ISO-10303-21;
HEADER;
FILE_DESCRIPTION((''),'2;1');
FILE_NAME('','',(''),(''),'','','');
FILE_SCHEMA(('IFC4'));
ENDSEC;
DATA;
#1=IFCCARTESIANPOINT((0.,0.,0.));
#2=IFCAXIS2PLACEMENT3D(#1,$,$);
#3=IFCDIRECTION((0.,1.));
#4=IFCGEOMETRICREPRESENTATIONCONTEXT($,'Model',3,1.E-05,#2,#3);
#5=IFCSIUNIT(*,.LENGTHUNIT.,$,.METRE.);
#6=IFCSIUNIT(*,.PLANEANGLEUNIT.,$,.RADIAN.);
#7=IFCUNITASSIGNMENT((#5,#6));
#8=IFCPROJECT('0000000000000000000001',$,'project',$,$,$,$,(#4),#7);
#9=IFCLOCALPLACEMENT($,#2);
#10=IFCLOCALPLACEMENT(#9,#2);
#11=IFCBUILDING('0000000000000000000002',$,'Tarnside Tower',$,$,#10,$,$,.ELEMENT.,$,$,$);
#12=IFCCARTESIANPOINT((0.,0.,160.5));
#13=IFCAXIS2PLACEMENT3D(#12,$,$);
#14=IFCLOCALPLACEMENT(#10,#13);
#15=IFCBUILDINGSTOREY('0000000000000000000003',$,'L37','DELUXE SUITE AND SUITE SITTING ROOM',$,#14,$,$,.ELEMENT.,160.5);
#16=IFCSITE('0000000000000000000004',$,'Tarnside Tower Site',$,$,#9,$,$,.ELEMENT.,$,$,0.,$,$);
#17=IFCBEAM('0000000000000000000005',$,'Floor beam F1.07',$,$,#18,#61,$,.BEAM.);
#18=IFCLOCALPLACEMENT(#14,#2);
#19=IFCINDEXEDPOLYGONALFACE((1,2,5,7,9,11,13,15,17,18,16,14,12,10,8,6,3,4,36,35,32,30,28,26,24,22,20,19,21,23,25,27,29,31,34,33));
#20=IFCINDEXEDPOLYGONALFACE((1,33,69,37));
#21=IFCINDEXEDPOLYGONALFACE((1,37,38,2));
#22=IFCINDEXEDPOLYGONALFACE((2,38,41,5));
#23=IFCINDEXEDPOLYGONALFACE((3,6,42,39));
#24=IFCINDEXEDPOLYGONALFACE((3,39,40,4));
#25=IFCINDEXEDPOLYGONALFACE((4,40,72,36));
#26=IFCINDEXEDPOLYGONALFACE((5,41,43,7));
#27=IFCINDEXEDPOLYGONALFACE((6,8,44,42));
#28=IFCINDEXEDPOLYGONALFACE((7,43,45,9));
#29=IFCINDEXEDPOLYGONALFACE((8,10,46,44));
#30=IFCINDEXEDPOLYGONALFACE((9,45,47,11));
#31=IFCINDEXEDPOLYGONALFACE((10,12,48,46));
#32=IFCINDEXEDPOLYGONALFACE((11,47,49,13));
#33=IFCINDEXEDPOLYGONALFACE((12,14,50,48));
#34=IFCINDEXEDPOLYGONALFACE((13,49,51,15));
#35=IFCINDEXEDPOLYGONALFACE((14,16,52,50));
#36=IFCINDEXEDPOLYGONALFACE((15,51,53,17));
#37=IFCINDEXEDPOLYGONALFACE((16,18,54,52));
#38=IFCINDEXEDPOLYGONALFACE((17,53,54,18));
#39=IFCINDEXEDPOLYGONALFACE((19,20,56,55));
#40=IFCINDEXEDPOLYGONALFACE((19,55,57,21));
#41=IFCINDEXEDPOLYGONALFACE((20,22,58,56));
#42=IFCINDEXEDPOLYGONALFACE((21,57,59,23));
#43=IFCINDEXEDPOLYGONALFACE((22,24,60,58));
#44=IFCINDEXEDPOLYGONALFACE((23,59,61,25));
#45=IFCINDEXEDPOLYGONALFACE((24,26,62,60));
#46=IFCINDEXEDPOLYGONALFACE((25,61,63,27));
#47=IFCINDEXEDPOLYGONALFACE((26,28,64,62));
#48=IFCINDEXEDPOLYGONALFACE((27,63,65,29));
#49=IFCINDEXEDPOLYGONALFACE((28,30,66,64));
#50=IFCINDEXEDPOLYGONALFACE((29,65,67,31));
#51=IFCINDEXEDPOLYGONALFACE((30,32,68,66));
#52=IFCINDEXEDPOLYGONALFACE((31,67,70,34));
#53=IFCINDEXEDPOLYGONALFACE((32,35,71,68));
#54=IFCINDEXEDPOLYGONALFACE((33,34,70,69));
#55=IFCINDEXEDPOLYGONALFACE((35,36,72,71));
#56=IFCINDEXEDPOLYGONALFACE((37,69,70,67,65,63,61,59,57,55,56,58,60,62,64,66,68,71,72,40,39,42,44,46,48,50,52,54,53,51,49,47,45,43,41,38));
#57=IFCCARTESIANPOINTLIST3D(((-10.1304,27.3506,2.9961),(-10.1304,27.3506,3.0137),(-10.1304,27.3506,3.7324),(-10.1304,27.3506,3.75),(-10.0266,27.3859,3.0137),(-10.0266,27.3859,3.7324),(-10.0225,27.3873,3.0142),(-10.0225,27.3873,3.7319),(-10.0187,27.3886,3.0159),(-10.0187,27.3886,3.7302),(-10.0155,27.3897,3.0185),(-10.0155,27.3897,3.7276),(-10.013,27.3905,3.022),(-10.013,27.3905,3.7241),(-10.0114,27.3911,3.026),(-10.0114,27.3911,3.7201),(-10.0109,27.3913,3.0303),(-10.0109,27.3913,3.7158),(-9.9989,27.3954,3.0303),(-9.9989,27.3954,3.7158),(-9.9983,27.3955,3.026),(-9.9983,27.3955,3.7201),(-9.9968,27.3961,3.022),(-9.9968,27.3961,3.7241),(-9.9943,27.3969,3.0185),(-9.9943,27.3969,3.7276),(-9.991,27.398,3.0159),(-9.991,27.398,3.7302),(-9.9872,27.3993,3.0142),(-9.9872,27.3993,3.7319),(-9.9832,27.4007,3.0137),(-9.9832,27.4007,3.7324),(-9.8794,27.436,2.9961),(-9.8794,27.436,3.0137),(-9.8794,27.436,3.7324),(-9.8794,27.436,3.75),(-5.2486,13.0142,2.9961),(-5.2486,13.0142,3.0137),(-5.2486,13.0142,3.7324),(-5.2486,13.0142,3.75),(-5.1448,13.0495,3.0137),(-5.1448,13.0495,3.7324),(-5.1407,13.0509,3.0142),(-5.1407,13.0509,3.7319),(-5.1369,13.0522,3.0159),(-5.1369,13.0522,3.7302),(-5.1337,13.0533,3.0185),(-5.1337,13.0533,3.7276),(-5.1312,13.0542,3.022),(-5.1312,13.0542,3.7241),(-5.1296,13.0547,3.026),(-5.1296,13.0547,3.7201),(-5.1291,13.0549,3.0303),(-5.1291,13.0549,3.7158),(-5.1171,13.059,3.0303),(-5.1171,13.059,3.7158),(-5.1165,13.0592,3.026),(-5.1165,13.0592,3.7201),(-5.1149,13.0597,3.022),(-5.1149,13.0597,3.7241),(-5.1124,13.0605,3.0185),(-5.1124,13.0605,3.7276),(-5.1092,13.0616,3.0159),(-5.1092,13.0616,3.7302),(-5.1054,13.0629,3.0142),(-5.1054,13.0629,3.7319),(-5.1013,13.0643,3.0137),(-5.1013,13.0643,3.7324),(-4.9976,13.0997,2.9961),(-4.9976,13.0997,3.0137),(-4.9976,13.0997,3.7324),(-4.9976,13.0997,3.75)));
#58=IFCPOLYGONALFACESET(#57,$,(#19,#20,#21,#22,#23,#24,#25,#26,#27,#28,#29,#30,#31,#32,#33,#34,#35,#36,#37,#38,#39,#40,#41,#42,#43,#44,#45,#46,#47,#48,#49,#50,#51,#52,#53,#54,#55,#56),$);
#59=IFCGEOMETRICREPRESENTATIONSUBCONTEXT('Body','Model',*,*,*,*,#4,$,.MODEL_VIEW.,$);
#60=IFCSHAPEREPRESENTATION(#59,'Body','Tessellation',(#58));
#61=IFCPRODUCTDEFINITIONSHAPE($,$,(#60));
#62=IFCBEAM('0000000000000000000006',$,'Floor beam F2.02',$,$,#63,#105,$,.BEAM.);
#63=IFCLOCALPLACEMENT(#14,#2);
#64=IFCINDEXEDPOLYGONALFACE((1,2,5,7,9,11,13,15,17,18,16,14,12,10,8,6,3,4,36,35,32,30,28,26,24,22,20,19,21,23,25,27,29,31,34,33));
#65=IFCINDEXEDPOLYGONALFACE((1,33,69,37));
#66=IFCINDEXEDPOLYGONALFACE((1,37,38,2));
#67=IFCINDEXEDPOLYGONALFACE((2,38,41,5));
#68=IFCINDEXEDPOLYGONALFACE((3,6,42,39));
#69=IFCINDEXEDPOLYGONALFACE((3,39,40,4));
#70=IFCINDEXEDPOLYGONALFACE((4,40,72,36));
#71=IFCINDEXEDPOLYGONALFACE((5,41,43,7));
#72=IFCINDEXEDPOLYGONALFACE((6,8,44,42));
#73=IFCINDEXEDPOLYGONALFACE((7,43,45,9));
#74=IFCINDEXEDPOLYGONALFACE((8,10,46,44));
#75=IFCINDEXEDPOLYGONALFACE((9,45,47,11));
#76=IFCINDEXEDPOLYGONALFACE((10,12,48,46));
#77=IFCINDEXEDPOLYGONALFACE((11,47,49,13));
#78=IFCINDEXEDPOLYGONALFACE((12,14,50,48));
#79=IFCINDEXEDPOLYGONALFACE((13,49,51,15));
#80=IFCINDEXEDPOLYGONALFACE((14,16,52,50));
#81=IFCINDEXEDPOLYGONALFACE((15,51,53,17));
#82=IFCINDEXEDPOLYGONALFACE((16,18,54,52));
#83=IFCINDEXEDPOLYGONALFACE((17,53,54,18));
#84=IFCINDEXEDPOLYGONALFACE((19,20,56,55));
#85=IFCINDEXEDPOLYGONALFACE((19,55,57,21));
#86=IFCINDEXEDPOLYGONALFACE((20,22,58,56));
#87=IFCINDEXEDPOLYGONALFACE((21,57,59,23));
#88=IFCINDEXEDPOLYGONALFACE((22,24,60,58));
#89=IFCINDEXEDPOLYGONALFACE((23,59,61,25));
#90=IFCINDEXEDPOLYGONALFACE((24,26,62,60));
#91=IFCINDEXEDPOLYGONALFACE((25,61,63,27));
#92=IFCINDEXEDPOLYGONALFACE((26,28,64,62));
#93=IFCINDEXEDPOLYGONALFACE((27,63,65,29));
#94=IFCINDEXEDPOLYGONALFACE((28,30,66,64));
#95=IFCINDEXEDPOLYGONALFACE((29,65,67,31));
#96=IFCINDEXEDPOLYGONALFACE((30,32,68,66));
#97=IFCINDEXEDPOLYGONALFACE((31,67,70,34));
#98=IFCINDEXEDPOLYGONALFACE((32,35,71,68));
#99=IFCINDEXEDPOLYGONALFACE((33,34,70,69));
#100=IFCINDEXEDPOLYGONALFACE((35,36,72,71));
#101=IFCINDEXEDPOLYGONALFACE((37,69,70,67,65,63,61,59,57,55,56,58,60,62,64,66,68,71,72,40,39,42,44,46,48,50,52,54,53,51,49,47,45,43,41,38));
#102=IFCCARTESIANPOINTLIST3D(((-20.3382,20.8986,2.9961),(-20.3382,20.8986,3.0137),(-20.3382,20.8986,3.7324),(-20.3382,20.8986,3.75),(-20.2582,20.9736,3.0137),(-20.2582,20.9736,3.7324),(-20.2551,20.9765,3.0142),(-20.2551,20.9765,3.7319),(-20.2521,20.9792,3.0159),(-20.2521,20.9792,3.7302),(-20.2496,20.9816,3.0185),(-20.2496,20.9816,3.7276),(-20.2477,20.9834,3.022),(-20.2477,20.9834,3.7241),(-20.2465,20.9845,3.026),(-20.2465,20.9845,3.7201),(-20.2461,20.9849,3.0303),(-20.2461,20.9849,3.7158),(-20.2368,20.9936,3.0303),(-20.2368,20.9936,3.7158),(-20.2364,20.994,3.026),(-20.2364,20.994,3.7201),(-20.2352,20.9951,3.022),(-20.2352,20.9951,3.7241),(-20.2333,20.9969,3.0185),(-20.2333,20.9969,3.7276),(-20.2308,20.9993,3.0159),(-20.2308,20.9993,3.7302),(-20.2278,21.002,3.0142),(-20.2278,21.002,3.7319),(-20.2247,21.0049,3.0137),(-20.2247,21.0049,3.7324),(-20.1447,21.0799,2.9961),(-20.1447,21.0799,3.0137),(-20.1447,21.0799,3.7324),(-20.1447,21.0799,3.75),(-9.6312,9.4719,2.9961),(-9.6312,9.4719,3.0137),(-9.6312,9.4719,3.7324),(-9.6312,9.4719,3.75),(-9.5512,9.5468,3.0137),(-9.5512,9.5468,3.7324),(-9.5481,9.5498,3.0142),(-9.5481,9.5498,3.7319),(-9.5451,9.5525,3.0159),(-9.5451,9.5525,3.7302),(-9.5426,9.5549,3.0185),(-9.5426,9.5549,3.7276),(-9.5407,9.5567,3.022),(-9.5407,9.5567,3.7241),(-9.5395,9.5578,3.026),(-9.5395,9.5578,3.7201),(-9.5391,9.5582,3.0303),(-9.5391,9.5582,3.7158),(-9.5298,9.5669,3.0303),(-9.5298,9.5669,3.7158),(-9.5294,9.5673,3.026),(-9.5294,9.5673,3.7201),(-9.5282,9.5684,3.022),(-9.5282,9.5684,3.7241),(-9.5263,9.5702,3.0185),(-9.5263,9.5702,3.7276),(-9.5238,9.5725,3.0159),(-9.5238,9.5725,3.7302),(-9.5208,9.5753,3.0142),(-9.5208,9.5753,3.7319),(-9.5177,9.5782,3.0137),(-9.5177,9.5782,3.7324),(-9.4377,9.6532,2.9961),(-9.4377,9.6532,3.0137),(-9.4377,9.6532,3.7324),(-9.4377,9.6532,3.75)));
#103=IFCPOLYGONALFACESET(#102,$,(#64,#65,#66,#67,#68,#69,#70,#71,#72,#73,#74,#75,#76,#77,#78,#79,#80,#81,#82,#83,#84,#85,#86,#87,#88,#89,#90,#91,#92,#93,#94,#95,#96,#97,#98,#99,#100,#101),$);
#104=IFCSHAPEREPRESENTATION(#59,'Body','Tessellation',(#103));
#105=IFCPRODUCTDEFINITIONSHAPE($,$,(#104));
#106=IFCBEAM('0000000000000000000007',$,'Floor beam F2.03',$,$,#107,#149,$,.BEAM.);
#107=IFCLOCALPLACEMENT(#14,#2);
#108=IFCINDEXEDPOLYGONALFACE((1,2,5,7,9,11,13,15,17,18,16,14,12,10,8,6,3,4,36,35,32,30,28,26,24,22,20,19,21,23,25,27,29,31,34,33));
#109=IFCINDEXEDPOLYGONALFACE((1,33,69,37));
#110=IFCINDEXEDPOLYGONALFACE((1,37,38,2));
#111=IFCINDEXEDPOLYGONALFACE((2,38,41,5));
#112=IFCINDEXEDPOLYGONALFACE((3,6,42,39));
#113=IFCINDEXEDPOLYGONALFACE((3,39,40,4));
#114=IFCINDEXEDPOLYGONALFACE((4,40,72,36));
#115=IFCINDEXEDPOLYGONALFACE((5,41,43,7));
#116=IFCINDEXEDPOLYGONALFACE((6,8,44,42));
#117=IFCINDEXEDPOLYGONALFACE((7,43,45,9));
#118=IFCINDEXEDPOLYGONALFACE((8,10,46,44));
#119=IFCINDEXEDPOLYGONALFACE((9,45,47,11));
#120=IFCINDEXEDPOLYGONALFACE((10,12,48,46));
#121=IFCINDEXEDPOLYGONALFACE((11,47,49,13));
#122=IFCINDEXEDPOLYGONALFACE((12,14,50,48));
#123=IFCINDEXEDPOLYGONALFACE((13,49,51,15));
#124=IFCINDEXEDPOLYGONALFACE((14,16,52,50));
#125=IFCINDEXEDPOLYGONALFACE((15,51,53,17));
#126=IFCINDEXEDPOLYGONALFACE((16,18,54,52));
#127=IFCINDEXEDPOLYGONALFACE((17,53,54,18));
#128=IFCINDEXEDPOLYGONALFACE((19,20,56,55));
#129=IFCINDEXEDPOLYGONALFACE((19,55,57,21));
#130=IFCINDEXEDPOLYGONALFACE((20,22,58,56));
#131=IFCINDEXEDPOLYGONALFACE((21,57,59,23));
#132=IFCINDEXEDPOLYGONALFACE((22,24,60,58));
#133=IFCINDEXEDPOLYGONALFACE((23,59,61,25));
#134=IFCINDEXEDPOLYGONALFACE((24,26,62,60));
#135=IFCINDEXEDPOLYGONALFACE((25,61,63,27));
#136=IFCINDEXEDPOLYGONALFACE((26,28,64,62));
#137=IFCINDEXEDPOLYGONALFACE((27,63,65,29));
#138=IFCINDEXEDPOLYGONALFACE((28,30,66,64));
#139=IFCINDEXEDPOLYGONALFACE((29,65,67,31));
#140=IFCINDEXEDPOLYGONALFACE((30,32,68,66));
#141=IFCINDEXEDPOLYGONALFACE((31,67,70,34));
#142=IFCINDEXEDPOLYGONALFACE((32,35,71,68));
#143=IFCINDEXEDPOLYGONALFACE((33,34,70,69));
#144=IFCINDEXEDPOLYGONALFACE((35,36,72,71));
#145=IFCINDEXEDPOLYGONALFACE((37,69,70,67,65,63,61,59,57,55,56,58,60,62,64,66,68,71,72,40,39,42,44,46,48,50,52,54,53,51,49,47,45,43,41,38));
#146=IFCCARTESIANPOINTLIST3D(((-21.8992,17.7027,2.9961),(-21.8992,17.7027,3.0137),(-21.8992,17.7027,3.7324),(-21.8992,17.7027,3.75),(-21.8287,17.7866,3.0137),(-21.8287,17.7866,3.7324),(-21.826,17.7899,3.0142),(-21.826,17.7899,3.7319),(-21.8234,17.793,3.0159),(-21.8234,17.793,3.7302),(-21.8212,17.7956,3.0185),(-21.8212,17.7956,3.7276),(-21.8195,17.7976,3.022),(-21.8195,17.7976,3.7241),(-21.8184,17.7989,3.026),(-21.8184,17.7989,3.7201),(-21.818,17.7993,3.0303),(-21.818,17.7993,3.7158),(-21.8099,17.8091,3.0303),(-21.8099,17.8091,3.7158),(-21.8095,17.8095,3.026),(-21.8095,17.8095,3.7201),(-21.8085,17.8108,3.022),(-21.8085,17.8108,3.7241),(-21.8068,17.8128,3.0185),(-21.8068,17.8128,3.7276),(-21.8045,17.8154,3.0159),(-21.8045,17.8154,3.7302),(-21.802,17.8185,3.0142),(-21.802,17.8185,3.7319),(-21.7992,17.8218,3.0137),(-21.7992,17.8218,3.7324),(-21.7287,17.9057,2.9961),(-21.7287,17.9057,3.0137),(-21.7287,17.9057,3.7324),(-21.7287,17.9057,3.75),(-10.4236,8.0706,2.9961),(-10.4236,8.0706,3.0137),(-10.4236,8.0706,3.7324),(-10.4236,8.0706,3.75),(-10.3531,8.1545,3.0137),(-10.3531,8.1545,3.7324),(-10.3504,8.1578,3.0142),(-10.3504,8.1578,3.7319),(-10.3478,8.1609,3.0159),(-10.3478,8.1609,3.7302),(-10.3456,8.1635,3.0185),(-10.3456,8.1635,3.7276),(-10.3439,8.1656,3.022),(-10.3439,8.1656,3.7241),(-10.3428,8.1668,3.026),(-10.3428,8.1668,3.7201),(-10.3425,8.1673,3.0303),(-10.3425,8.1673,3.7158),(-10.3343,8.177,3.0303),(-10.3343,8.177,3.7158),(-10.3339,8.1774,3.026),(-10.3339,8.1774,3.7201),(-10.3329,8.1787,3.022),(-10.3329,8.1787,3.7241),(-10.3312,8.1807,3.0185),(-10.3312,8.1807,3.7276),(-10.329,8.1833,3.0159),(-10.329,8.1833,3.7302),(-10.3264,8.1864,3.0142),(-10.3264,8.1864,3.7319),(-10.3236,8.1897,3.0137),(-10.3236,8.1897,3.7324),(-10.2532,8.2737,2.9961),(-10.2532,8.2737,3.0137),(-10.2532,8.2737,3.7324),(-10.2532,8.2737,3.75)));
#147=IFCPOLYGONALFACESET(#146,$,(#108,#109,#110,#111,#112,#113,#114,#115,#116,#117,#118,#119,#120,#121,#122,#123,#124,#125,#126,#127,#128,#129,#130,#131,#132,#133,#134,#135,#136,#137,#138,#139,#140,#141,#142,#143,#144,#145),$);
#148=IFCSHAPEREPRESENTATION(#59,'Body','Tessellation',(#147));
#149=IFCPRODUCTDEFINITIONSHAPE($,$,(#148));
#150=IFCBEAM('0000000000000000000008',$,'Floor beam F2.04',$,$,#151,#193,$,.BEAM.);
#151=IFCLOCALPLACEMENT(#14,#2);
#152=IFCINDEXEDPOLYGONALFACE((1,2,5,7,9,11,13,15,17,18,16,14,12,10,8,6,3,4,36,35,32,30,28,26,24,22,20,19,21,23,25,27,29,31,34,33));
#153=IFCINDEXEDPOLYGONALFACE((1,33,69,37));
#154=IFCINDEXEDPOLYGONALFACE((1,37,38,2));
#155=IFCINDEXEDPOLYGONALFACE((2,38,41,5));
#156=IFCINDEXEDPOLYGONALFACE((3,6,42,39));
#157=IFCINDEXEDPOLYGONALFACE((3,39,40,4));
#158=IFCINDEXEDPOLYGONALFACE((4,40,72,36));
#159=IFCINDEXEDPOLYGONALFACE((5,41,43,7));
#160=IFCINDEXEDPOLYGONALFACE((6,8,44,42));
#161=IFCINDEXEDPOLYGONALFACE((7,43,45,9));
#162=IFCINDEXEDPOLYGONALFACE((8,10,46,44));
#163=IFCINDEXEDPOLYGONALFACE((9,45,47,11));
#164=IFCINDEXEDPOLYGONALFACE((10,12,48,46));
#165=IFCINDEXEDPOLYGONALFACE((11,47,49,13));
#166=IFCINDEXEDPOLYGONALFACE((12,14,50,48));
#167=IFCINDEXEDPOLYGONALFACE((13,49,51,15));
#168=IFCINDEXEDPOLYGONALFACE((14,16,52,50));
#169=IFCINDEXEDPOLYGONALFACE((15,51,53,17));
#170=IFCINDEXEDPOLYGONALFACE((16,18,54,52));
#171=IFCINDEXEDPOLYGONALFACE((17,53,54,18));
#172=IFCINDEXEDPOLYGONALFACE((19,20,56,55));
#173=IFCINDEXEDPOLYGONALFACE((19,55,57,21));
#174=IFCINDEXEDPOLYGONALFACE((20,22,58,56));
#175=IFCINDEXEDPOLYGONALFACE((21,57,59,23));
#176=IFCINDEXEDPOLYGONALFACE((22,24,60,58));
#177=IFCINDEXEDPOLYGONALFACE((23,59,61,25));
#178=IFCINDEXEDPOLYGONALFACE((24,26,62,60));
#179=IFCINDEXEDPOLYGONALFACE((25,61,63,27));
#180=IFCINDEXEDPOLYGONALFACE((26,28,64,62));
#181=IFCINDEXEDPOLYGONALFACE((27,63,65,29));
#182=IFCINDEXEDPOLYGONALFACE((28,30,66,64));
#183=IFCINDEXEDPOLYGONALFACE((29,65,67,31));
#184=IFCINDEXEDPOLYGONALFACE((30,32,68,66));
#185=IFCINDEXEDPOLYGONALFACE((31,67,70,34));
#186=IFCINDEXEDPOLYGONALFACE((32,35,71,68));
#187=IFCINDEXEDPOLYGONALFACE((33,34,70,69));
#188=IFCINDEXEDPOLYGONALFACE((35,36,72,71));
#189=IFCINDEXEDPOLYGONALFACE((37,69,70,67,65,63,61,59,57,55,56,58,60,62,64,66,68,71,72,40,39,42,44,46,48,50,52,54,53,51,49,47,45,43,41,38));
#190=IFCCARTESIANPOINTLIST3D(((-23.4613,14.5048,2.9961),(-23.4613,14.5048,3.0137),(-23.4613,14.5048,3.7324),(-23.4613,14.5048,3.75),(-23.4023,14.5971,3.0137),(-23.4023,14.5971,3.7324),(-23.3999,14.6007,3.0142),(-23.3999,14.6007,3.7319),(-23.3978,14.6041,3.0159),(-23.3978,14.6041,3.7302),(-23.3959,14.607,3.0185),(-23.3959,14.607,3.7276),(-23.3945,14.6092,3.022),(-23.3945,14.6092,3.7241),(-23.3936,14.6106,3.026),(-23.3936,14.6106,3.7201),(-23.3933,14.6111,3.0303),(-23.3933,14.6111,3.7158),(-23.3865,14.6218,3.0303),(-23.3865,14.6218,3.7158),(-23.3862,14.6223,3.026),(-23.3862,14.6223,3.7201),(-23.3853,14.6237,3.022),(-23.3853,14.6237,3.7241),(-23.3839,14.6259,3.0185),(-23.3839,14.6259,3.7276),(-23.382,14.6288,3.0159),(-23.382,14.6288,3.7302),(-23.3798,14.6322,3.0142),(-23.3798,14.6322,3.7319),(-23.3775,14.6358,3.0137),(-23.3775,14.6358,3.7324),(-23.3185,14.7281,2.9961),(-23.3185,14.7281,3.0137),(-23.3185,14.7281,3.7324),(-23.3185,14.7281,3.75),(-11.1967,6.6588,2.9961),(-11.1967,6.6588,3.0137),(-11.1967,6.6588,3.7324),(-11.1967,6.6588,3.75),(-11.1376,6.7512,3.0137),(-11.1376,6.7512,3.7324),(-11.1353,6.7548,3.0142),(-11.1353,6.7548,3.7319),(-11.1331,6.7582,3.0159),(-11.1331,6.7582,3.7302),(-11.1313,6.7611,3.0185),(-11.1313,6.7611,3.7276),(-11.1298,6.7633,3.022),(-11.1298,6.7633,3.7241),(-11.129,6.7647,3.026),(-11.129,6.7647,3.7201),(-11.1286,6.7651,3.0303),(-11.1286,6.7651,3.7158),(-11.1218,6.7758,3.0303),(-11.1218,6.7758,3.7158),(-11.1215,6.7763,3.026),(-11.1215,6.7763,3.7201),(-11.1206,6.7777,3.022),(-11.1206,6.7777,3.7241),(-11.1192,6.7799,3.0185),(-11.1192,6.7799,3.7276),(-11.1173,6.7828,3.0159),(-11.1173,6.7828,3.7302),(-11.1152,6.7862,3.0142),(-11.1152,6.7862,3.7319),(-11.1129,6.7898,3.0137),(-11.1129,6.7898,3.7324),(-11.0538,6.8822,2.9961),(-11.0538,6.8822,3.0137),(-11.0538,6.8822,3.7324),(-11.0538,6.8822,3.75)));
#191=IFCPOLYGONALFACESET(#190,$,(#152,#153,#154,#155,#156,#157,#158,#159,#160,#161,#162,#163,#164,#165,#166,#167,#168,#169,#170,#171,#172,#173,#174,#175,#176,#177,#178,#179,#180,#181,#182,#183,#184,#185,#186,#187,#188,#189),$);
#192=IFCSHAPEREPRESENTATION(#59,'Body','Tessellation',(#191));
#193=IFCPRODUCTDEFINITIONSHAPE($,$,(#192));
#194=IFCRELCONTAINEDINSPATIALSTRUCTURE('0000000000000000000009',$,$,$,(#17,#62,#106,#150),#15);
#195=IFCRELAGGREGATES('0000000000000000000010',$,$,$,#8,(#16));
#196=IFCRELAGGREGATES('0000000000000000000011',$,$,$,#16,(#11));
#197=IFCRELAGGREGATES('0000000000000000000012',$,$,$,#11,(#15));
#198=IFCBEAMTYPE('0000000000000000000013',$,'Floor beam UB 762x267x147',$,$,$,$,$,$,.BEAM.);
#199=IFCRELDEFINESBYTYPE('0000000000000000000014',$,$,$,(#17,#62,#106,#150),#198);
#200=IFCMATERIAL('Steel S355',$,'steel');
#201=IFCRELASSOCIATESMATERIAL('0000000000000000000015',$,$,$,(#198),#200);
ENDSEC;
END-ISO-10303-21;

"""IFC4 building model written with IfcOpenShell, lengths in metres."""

from ifc_helpers import new_model, si_unit, direction, frame, origin, origin_2d, place, context, subcontext, project, spatial, i_section, extrude, material, material_profile, profile_set, type_object, element, save


model = new_model("IFC4")

# Units and contexts
model_context = context("Model", 3, precision=1e-05, world=origin(), true_north=direction((0.0, 1.0)))
body_context = subcontext(model_context, "Body", "Model", "MODEL_VIEW")
ifc_project = project(units=[si_unit("LENGTHUNIT", "METRE"), si_unit("PLANEANGLEUNIT", "RADIAN")], contexts=[model_context])

# Site, building, storey
site_placement = place(None, origin())
site = spatial("IfcSite", under=ifc_project, at=site_placement, Name="Tarnside Tower Site", CompositionType="ELEMENT", RefElevation=0.0)
building_placement = place(site_placement, origin())
building = spatial("IfcBuilding", under=site, at=building_placement, Name="Tarnside Tower", CompositionType="ELEMENT")
storey_placement = place(building_placement, frame((0.0, 0.0, 160.5)))
storey = spatial("IfcBuildingStorey", under=building, at=storey_placement, Name="L37", Description="DELUXE SUITE AND SUITE SITTING ROOM", CompositionType="ELEMENT", Elevation=160.5)

# Beams
ifc_material_1 = material(Name="Steel S355", Category="steel")
ifc_material_profile_1 = material_profile(ifc_material_1, i_section(OverallWidth=0.2651, OverallDepth=0.7539, WebThickness=0.0127, FlangeThickness=0.0176, FilletRadius=0.0166, at=origin_2d()), Name="UB 762x267x147")
ifc_profile_set_1 = profile_set([ifc_material_profile_1], Name="Steel S355")
beam_type_1 = type_object("IfcBeamType", Name="Floor beam UB 762x267x147", PredefinedType="BEAM", material=ifc_profile_set_1)
beam_1_placement = place(storey_placement, frame((-10.0049, 27.3933, 3.373), z_axis=(0.322344, -0.946623, 0.0), x_axis=(0.946623, 0.322344, 0.0)))
element("IfcBeam", 1, at=beam_1_placement, inside=storey, type_object=beam_type_1, Name="Floor beam F1.07", PredefinedType="BEAM", context=body_context, shape_type="SweptSolid", body=[
    extrude(i_section(OverallWidth=0.2651, OverallDepth=0.7539, WebThickness=0.0127, FlangeThickness=0.0176, FilletRadius=0.0166, at=origin_2d()), origin(), (0.0, 0.0, 1.0), 15.1448),
])
beam_2_placement = place(storey_placement, frame((-20.2415, 20.9893, 3.373), z_axis=(0.683752, -0.729714, 0.0), x_axis=(0.729714, 0.683752, 0.0)))
element("IfcBeam", 2, at=beam_2_placement, inside=storey, type_object=beam_type_1, Name="Floor beam F2.02", PredefinedType="BEAM", context=body_context, shape_type="SweptSolid", body=[
    extrude(i_section(OverallWidth=0.2651, OverallDepth=0.7539, WebThickness=0.0127, FlangeThickness=0.0176, FilletRadius=0.0166, at=origin_2d()), origin(), (0.0, 0.0, 1.0), 15.6592),
])
beam_3_placement = place(storey_placement, frame((-21.814, 17.8042, 3.373), z_axis=(0.765948, -0.642902, 0.0), x_axis=(0.642902, 0.765948, 0.0)))
element("IfcBeam", 3, at=beam_3_placement, inside=storey, type_object=beam_type_1, Name="Floor beam F2.03", PredefinedType="BEAM", context=body_context, shape_type="SweptSolid", body=[
    extrude(i_section(OverallWidth=0.2651, OverallDepth=0.7539, WebThickness=0.0127, FlangeThickness=0.0176, FilletRadius=0.0166, at=origin_2d()), origin(), (0.0, 0.0, 1.0), 14.9822),
])
beam_4_placement = place(storey_placement, frame((-23.3899, 14.6165, 3.373), z_axis=(0.842378, -0.538887, 0.0), x_axis=(0.538887, 0.842378, 0.0)))
element("IfcBeam", 4, at=beam_4_placement, inside=storey, type_object=beam_type_1, Name="Floor beam F2.04", PredefinedType="BEAM", context=body_context, shape_type="SweptSolid", body=[
    extrude(i_section(OverallWidth=0.2651, OverallDepth=0.7539, WebThickness=0.0127, FlangeThickness=0.0176, FilletRadius=0.0166, at=origin_2d()), origin(), (0.0, 0.0, 1.0), 14.5596),
])

save(model, "model.ifc")
